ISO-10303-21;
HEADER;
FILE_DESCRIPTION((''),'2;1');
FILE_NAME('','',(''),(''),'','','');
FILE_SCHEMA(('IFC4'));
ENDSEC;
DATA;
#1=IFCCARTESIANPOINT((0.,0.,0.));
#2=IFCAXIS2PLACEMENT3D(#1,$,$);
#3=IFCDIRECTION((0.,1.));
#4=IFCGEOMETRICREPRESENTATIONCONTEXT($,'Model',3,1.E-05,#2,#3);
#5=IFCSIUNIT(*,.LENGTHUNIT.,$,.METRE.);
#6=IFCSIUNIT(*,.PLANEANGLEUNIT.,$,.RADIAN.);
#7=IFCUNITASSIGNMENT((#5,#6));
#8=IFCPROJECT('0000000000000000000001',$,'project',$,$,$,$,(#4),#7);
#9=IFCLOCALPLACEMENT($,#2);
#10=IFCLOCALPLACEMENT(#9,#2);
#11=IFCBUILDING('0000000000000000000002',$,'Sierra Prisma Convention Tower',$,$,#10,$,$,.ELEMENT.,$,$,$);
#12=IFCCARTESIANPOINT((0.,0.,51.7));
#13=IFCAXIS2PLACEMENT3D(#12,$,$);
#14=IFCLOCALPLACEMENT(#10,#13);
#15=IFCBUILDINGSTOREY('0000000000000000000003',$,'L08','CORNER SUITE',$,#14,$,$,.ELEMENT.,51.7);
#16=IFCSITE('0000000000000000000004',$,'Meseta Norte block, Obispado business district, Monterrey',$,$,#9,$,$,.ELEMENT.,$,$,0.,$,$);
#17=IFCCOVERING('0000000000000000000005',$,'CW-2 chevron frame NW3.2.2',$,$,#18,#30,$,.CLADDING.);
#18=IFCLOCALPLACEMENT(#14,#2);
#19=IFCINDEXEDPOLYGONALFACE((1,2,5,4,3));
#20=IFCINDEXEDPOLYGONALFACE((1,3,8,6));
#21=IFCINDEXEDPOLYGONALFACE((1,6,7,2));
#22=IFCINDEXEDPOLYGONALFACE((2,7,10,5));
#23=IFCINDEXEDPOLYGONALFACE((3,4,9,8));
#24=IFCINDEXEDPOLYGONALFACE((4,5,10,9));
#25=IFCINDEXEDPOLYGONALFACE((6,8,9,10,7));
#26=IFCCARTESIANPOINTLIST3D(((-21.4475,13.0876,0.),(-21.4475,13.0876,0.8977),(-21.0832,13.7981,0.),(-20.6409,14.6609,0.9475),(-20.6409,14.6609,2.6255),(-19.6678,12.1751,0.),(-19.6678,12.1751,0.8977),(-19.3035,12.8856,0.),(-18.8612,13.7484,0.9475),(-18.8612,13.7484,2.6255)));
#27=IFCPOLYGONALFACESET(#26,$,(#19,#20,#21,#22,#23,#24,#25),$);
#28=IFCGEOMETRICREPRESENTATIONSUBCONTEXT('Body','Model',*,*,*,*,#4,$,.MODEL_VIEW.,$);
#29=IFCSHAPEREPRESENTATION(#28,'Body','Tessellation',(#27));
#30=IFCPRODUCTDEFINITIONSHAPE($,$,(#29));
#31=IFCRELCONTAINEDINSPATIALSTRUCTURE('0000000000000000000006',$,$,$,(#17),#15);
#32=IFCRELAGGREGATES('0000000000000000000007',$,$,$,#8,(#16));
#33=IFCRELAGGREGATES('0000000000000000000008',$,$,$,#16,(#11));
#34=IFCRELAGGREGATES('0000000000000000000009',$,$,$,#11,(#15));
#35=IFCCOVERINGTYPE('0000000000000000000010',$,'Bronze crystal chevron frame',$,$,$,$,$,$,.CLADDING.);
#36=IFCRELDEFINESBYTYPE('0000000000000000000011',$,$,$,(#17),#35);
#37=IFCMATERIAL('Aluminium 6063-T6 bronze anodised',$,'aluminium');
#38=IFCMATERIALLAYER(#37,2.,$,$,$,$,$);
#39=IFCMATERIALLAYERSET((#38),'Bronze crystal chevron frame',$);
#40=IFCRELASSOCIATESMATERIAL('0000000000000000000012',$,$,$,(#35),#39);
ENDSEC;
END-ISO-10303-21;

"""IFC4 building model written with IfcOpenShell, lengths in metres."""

from ifc_helpers import new_model, si_unit, direction, frame, origin, place, context, subcontext, project, spatial, polyline, outline, extrude, material, layer, layer_set, type_object, element, save


model = new_model("IFC4")

# Units and contexts
model_context = context("Model", 3, precision=1e-05, world=origin(), true_north=direction((0.0, 1.0)))
body_context = subcontext(model_context, "Body", "Model", "MODEL_VIEW")
ifc_project = project(units=[si_unit("LENGTHUNIT", "METRE"), si_unit("PLANEANGLEUNIT", "RADIAN")], contexts=[model_context])

# Site, building, storey
site_placement = place(None, origin())
site = spatial("IfcSite", under=ifc_project, at=site_placement, Name="Meseta Norte block, Obispado business district, Monterrey", CompositionType="ELEMENT", RefElevation=0.0)
building_placement = place(site_placement, origin())
building = spatial("IfcBuilding", under=site, at=building_placement, Name="Sierra Prisma Convention Tower", CompositionType="ELEMENT")
storey_placement = place(building_placement, frame((0.0, 0.0, 51.7)))
storey = spatial("IfcBuildingStorey", under=building, at=storey_placement, Name="L08", Description="CORNER SUITE", CompositionType="ELEMENT", Elevation=51.7)

# Covering
ifc_material_1 = material(Name="Aluminium 6063-T6 bronze anodised", Category="aluminium")
ifc_layer_1 = layer(ifc_material_1, 2.0)
ifc_layer_set_1 = layer_set([ifc_layer_1], Name="Bronze crystal chevron frame")
covering_type = type_object("IfcCoveringType", Name="Bronze crystal chevron frame", PredefinedType="CLADDING", material=ifc_layer_set_1)
covering_1_placement = place(storey_placement, frame((-21.4475, 13.0876, 0.0), z_axis=(-0.889852, 0.456248, 0.000002), x_axis=(0.000002, -0.000001, 1.0)))
element("IfcCovering", 1, at=covering_1_placement, inside=storey, type_object=covering_type, Name="CW-2 chevron frame NW3.2.2", PredefinedType="CLADDING", context=body_context, shape_type="SweptSolid", body=[
    extrude(outline(polyline([(0.0, 0.0), (0.8977, 0.0), (2.6255, 1.768), (0.9475, 1.768), (0.0, 0.7984), (0.0, 0.0)])), origin(), (0.0, 0.0, -1.0), 2.0),
])

save(model, "model.ifc")
